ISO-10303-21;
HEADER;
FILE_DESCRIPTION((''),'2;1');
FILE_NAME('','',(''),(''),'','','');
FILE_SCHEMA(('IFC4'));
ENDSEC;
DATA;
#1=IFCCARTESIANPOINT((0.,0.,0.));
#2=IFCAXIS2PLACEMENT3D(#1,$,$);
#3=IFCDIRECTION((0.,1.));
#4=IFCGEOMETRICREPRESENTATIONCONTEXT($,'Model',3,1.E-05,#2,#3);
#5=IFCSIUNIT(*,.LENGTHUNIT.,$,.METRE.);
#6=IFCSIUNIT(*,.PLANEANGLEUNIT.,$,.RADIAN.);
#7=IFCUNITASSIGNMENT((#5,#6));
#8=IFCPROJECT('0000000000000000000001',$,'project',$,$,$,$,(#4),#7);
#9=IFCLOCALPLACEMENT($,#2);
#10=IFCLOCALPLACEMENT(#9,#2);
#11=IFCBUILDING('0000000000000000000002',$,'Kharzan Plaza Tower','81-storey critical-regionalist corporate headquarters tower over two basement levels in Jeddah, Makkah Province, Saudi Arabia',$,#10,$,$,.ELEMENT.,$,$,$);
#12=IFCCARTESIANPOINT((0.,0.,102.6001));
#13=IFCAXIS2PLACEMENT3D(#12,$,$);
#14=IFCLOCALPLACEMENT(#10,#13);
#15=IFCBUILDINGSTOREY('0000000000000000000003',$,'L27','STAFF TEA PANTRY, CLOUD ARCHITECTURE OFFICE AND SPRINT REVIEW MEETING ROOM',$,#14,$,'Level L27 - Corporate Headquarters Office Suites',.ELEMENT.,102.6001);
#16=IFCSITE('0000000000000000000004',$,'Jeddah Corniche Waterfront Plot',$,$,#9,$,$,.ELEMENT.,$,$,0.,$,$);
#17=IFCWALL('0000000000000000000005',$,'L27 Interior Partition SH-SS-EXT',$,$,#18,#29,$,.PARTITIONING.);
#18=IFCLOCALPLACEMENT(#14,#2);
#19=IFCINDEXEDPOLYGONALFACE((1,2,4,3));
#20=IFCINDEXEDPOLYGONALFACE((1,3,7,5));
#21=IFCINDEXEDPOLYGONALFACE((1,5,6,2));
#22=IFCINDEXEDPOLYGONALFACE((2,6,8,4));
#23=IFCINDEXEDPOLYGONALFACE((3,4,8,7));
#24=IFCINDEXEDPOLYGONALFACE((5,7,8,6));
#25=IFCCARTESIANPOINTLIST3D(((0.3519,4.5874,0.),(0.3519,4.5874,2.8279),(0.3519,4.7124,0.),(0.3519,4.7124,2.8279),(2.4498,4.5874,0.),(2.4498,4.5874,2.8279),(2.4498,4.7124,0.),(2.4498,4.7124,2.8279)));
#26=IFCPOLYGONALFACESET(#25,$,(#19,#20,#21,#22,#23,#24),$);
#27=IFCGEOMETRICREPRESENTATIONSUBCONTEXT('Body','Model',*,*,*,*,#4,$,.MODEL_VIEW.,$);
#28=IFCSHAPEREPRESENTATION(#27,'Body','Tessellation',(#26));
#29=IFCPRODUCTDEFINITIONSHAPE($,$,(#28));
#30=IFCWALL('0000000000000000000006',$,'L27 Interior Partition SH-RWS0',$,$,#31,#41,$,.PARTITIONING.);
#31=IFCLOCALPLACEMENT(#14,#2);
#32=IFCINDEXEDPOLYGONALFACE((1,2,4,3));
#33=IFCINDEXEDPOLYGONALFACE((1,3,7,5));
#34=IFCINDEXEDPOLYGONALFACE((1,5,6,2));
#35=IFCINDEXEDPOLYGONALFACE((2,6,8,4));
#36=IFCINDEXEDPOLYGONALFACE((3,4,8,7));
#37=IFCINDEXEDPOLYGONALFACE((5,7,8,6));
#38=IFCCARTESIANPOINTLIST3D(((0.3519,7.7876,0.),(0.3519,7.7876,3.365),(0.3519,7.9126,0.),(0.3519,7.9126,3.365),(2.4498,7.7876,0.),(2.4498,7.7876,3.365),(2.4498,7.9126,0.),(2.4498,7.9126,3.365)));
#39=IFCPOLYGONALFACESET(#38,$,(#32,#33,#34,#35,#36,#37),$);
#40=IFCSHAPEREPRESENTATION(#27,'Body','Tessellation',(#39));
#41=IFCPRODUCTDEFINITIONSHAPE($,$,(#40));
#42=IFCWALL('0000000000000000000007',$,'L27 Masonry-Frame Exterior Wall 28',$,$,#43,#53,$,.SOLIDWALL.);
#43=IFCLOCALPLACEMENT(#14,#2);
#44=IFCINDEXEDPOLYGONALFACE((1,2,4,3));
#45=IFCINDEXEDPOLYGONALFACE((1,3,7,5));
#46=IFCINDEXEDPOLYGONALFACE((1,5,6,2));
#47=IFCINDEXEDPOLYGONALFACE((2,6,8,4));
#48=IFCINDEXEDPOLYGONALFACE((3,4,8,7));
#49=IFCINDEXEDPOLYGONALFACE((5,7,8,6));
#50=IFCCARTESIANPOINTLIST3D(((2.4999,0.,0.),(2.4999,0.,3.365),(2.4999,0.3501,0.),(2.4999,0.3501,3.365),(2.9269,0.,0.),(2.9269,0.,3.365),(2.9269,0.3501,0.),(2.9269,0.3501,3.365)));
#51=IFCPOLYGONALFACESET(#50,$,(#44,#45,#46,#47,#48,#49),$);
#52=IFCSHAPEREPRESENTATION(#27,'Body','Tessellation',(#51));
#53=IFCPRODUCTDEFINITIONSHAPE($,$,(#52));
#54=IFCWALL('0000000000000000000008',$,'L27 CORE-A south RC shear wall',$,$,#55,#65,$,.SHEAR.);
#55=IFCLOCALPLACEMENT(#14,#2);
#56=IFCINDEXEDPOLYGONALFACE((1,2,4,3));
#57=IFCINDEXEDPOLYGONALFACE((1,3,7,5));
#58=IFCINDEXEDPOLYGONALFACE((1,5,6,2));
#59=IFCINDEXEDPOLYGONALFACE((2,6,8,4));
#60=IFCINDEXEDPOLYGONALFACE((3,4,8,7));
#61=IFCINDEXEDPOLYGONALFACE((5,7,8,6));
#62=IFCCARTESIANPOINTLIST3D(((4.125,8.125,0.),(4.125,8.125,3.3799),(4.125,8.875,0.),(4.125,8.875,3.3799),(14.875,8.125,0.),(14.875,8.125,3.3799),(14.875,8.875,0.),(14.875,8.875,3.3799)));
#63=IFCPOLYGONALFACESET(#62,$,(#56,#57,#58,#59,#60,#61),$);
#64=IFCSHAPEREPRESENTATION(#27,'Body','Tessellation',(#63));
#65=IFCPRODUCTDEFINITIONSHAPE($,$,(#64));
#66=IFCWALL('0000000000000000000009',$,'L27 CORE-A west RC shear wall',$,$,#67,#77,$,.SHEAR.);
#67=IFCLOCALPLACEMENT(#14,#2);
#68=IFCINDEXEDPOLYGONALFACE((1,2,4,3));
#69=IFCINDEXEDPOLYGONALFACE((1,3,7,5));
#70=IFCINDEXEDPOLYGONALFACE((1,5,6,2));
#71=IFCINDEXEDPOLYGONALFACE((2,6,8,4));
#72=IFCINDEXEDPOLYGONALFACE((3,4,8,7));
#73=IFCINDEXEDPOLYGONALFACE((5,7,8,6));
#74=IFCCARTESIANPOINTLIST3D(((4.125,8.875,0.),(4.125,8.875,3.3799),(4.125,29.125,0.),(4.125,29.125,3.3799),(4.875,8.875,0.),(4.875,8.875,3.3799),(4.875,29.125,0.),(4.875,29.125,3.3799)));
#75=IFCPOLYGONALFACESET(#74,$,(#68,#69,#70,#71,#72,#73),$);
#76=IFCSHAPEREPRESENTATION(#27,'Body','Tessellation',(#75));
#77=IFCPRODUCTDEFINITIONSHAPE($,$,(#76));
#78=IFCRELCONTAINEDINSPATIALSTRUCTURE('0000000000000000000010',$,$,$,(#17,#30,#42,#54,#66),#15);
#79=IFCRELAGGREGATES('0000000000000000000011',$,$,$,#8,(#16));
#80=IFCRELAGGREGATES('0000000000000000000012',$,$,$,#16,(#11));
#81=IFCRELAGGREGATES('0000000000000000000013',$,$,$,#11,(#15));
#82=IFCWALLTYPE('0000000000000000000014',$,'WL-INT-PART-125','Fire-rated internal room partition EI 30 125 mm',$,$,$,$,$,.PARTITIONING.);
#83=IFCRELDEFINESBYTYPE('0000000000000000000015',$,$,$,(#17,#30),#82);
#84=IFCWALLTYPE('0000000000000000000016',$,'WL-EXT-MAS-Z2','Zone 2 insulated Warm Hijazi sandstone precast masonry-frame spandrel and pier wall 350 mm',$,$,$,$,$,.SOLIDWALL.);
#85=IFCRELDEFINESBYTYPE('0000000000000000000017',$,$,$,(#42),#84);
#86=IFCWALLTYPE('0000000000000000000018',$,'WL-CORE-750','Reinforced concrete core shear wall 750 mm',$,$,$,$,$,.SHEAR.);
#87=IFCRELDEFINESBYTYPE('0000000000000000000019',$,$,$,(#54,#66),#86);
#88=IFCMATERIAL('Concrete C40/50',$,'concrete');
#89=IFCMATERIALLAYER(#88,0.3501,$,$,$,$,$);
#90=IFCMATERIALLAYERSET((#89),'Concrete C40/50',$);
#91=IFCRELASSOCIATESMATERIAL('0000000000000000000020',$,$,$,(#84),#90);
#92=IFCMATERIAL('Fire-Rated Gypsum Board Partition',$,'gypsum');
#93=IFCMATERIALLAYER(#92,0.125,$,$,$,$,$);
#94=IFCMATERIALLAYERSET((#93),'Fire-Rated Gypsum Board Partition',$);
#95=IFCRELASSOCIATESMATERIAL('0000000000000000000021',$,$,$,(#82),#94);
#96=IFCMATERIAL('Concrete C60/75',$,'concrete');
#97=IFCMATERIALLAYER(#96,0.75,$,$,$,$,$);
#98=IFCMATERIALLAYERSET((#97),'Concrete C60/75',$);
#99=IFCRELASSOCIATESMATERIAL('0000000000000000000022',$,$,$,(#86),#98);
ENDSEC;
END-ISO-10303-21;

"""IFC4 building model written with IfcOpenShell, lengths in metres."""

from ifc_helpers import new_model, si_unit, direction, frame, frame_2d, origin, place, context, subcontext, project, spatial, rectangle, extrude, source, transform, mapped, material, layer, layer_set, type_object, element, save


model = new_model("IFC4")

# Units and contexts
model_context = context("Model", 3, precision=1e-05, world=origin(), true_north=direction((0.0, 1.0)))
body_context = subcontext(model_context, "Body", "Model", "MODEL_VIEW")
ifc_project = project(units=[si_unit("LENGTHUNIT", "METRE"), si_unit("PLANEANGLEUNIT", "RADIAN")], contexts=[model_context])

# Site, building, storey
site_placement = place(None, origin())
site = spatial("IfcSite", under=ifc_project, at=site_placement, Name="Jeddah Corniche Waterfront Plot", CompositionType="ELEMENT", RefElevation=0.0)
building_placement = place(site_placement, origin())
building = spatial("IfcBuilding", under=site, at=building_placement, Name="Kharzan Plaza Tower", Description="81-storey critical-regionalist corporate headquarters tower over two basement levels in Jeddah, Makkah Province, Saudi Arabia", CompositionType="ELEMENT")
storey_placement = place(building_placement, frame((0.0, 0.0, 102.6001)))
storey = spatial("IfcBuildingStorey", under=building, at=storey_placement, Name="L27", Description="STAFF TEA PANTRY, CLOUD ARCHITECTURE OFFICE AND SPRINT REVIEW MEETING ROOM", LongName="Level L27 - Corporate Headquarters Office Suites", CompositionType="ELEMENT", Elevation=102.6001)

# Shared definitions
ifc_material_1 = material(Name="Concrete C60/75", Category="concrete")

# Shared definitions
ifc_material_2 = material(Name="Concrete C40/50", Category="concrete")

# Shared definitions
ifc_layer_1 = layer(ifc_material_2, 0.3501)
ifc_layer_set_1 = layer_set([ifc_layer_1], Name="Concrete C40/50")
wall_type_1 = type_object("IfcWallType", Name="WL-EXT-MAS-Z2", Description="Zone 2 insulated Warm Hijazi sandstone precast masonry-frame spandrel and pier wall 350 mm", PredefinedType="SOLIDWALL", material=ifc_layer_set_1)

# Shared definitions
ifc_material_3 = material(Name="Fire-Rated Gypsum Board Partition", Category="gypsum")
ifc_layer_2 = layer(ifc_material_3, 0.125)
ifc_layer_set_2 = layer_set([ifc_layer_2], Name="Fire-Rated Gypsum Board Partition")
wall_type_2 = type_object("IfcWallType", Name="WL-INT-PART-125", Description="Fire-rated internal room partition EI 30 125 mm", PredefinedType="PARTITIONING", material=ifc_layer_set_2)

# Walls
shared_shape_1 = source(origin(), body_context, "Body", "SweptSolid", [
    extrude(rectangle(XDim=2.0979, YDim=0.125, at=frame_2d((1.0488, 0.0))), origin(), (0.0, 0.0, 1.0), 2.8279),
])
wall_1_placement = place(storey_placement, frame((0.3521, 4.6499, 0.0), z_axis=(0.0, 0.0, 1.0), x_axis=(1.0, 0.0, 0.0)))
element("IfcWall", 1, at=wall_1_placement, inside=storey, type_object=wall_type_2, Name="L27 Interior Partition SH-SS-EXT", PredefinedType="PARTITIONING", context=body_context, shape_type="MappedRepresentation", body=[
    mapped(shared_shape_1, transform((0.0, 0.0, 0.0), x_axis=(1.0, 0.0, 0.0), y_axis=(0.0, 1.0, 0.0), z_axis=(0.0, 0.0, 1.0))),
])
shared_shape_2 = source(origin(), body_context, "Body", "SweptSolid", [
    extrude(rectangle(XDim=2.0979, YDim=0.125, at=frame_2d((1.0488, 0.0))), origin(), (0.0, 0.0, 1.0), 3.365),
])
wall_2_placement = place(storey_placement, frame((0.3521, 7.8501, 0.0), z_axis=(0.0, 0.0, 1.0), x_axis=(1.0, 0.0, 0.0)))
element("IfcWall", 2, at=wall_2_placement, inside=storey, type_object=wall_type_2, Name="L27 Interior Partition SH-RWS0", PredefinedType="PARTITIONING", context=body_context, shape_type="MappedRepresentation", body=[
    mapped(shared_shape_2, transform((0.0, 0.0, 0.0), x_axis=(1.0, 0.0, 0.0), y_axis=(0.0, 1.0, 0.0), z_axis=(0.0, 0.0, 1.0))),
])
shared_shape_3 = source(origin(), body_context, "Body", "SweptSolid", [
    extrude(rectangle(XDim=0.427, YDim=0.3501, at=frame_2d((0.2134, 0.0))), origin(), (0.0, 0.0, 1.0), 3.365),
])
wall_3_placement = place(storey_placement, frame((2.5, 0.175, 0.0), z_axis=(0.0, 0.0, 1.0), x_axis=(1.0, 0.0, 0.0)))
element("IfcWall", 3, at=wall_3_placement, inside=storey, type_object=wall_type_1, Name="L27 Masonry-Frame Exterior Wall 28", PredefinedType="SOLIDWALL", context=body_context, shape_type="MappedRepresentation", body=[
    mapped(shared_shape_3, transform((0.0, 0.0, 0.0), x_axis=(1.0, 0.0, 0.0), y_axis=(0.0, 1.0, 0.0), z_axis=(0.0, 0.0, 1.0))),
])
ifc_layer_3 = layer(ifc_material_1, 0.75)
ifc_layer_set_3 = layer_set([ifc_layer_3], Name="Concrete C60/75")
wall_type_3 = type_object("IfcWallType", Name="WL-CORE-750", Description="Reinforced concrete core shear wall 750 mm", PredefinedType="SHEAR", material=ifc_layer_set_3)
shared_shape_4 = source(origin(), body_context, "Body", "SweptSolid", [
    extrude(rectangle(XDim=10.75, YDim=0.75, at=frame_2d((5.375, 0.0))), origin(), (0.0, 0.0, 1.0), 3.3799),
])
wall_4_placement = place(storey_placement, frame((4.125, 8.5, 0.0), z_axis=(0.0, 0.0, 1.0), x_axis=(1.0, 0.0, 0.0)))
element("IfcWall", 4, at=wall_4_placement, inside=storey, type_object=wall_type_3, Name="L27 CORE-A south RC shear wall", PredefinedType="SHEAR", context=body_context, shape_type="MappedRepresentation", body=[
    mapped(shared_shape_4, transform((0.0, 0.0, 0.0), x_axis=(1.0, 0.0, 0.0), y_axis=(0.0, 1.0, 0.0), z_axis=(0.0, 0.0, 1.0))),
])
shared_shape_5 = source(origin(), body_context, "Body", "SweptSolid", [
    extrude(rectangle(XDim=20.25, YDim=0.75, at=frame_2d((10.125, 0.0))), origin(), (0.0, 0.0, 1.0), 3.3799),
])
wall_5_placement = place(storey_placement, frame((4.5, 8.875, 0.0), z_axis=(0.0, 0.0, 1.0), x_axis=(0.0, 1.0, 0.0)))
element("IfcWall", 5, at=wall_5_placement, inside=storey, type_object=wall_type_3, Name="L27 CORE-A west RC shear wall", PredefinedType="SHEAR", context=body_context, shape_type="MappedRepresentation", body=[
    mapped(shared_shape_5, transform((0.0, 0.0, 0.0), x_axis=(1.0, 0.0, 0.0), y_axis=(0.0, 1.0, 0.0), z_axis=(0.0, 0.0, 1.0))),
])

save(model, "model.ifc")
